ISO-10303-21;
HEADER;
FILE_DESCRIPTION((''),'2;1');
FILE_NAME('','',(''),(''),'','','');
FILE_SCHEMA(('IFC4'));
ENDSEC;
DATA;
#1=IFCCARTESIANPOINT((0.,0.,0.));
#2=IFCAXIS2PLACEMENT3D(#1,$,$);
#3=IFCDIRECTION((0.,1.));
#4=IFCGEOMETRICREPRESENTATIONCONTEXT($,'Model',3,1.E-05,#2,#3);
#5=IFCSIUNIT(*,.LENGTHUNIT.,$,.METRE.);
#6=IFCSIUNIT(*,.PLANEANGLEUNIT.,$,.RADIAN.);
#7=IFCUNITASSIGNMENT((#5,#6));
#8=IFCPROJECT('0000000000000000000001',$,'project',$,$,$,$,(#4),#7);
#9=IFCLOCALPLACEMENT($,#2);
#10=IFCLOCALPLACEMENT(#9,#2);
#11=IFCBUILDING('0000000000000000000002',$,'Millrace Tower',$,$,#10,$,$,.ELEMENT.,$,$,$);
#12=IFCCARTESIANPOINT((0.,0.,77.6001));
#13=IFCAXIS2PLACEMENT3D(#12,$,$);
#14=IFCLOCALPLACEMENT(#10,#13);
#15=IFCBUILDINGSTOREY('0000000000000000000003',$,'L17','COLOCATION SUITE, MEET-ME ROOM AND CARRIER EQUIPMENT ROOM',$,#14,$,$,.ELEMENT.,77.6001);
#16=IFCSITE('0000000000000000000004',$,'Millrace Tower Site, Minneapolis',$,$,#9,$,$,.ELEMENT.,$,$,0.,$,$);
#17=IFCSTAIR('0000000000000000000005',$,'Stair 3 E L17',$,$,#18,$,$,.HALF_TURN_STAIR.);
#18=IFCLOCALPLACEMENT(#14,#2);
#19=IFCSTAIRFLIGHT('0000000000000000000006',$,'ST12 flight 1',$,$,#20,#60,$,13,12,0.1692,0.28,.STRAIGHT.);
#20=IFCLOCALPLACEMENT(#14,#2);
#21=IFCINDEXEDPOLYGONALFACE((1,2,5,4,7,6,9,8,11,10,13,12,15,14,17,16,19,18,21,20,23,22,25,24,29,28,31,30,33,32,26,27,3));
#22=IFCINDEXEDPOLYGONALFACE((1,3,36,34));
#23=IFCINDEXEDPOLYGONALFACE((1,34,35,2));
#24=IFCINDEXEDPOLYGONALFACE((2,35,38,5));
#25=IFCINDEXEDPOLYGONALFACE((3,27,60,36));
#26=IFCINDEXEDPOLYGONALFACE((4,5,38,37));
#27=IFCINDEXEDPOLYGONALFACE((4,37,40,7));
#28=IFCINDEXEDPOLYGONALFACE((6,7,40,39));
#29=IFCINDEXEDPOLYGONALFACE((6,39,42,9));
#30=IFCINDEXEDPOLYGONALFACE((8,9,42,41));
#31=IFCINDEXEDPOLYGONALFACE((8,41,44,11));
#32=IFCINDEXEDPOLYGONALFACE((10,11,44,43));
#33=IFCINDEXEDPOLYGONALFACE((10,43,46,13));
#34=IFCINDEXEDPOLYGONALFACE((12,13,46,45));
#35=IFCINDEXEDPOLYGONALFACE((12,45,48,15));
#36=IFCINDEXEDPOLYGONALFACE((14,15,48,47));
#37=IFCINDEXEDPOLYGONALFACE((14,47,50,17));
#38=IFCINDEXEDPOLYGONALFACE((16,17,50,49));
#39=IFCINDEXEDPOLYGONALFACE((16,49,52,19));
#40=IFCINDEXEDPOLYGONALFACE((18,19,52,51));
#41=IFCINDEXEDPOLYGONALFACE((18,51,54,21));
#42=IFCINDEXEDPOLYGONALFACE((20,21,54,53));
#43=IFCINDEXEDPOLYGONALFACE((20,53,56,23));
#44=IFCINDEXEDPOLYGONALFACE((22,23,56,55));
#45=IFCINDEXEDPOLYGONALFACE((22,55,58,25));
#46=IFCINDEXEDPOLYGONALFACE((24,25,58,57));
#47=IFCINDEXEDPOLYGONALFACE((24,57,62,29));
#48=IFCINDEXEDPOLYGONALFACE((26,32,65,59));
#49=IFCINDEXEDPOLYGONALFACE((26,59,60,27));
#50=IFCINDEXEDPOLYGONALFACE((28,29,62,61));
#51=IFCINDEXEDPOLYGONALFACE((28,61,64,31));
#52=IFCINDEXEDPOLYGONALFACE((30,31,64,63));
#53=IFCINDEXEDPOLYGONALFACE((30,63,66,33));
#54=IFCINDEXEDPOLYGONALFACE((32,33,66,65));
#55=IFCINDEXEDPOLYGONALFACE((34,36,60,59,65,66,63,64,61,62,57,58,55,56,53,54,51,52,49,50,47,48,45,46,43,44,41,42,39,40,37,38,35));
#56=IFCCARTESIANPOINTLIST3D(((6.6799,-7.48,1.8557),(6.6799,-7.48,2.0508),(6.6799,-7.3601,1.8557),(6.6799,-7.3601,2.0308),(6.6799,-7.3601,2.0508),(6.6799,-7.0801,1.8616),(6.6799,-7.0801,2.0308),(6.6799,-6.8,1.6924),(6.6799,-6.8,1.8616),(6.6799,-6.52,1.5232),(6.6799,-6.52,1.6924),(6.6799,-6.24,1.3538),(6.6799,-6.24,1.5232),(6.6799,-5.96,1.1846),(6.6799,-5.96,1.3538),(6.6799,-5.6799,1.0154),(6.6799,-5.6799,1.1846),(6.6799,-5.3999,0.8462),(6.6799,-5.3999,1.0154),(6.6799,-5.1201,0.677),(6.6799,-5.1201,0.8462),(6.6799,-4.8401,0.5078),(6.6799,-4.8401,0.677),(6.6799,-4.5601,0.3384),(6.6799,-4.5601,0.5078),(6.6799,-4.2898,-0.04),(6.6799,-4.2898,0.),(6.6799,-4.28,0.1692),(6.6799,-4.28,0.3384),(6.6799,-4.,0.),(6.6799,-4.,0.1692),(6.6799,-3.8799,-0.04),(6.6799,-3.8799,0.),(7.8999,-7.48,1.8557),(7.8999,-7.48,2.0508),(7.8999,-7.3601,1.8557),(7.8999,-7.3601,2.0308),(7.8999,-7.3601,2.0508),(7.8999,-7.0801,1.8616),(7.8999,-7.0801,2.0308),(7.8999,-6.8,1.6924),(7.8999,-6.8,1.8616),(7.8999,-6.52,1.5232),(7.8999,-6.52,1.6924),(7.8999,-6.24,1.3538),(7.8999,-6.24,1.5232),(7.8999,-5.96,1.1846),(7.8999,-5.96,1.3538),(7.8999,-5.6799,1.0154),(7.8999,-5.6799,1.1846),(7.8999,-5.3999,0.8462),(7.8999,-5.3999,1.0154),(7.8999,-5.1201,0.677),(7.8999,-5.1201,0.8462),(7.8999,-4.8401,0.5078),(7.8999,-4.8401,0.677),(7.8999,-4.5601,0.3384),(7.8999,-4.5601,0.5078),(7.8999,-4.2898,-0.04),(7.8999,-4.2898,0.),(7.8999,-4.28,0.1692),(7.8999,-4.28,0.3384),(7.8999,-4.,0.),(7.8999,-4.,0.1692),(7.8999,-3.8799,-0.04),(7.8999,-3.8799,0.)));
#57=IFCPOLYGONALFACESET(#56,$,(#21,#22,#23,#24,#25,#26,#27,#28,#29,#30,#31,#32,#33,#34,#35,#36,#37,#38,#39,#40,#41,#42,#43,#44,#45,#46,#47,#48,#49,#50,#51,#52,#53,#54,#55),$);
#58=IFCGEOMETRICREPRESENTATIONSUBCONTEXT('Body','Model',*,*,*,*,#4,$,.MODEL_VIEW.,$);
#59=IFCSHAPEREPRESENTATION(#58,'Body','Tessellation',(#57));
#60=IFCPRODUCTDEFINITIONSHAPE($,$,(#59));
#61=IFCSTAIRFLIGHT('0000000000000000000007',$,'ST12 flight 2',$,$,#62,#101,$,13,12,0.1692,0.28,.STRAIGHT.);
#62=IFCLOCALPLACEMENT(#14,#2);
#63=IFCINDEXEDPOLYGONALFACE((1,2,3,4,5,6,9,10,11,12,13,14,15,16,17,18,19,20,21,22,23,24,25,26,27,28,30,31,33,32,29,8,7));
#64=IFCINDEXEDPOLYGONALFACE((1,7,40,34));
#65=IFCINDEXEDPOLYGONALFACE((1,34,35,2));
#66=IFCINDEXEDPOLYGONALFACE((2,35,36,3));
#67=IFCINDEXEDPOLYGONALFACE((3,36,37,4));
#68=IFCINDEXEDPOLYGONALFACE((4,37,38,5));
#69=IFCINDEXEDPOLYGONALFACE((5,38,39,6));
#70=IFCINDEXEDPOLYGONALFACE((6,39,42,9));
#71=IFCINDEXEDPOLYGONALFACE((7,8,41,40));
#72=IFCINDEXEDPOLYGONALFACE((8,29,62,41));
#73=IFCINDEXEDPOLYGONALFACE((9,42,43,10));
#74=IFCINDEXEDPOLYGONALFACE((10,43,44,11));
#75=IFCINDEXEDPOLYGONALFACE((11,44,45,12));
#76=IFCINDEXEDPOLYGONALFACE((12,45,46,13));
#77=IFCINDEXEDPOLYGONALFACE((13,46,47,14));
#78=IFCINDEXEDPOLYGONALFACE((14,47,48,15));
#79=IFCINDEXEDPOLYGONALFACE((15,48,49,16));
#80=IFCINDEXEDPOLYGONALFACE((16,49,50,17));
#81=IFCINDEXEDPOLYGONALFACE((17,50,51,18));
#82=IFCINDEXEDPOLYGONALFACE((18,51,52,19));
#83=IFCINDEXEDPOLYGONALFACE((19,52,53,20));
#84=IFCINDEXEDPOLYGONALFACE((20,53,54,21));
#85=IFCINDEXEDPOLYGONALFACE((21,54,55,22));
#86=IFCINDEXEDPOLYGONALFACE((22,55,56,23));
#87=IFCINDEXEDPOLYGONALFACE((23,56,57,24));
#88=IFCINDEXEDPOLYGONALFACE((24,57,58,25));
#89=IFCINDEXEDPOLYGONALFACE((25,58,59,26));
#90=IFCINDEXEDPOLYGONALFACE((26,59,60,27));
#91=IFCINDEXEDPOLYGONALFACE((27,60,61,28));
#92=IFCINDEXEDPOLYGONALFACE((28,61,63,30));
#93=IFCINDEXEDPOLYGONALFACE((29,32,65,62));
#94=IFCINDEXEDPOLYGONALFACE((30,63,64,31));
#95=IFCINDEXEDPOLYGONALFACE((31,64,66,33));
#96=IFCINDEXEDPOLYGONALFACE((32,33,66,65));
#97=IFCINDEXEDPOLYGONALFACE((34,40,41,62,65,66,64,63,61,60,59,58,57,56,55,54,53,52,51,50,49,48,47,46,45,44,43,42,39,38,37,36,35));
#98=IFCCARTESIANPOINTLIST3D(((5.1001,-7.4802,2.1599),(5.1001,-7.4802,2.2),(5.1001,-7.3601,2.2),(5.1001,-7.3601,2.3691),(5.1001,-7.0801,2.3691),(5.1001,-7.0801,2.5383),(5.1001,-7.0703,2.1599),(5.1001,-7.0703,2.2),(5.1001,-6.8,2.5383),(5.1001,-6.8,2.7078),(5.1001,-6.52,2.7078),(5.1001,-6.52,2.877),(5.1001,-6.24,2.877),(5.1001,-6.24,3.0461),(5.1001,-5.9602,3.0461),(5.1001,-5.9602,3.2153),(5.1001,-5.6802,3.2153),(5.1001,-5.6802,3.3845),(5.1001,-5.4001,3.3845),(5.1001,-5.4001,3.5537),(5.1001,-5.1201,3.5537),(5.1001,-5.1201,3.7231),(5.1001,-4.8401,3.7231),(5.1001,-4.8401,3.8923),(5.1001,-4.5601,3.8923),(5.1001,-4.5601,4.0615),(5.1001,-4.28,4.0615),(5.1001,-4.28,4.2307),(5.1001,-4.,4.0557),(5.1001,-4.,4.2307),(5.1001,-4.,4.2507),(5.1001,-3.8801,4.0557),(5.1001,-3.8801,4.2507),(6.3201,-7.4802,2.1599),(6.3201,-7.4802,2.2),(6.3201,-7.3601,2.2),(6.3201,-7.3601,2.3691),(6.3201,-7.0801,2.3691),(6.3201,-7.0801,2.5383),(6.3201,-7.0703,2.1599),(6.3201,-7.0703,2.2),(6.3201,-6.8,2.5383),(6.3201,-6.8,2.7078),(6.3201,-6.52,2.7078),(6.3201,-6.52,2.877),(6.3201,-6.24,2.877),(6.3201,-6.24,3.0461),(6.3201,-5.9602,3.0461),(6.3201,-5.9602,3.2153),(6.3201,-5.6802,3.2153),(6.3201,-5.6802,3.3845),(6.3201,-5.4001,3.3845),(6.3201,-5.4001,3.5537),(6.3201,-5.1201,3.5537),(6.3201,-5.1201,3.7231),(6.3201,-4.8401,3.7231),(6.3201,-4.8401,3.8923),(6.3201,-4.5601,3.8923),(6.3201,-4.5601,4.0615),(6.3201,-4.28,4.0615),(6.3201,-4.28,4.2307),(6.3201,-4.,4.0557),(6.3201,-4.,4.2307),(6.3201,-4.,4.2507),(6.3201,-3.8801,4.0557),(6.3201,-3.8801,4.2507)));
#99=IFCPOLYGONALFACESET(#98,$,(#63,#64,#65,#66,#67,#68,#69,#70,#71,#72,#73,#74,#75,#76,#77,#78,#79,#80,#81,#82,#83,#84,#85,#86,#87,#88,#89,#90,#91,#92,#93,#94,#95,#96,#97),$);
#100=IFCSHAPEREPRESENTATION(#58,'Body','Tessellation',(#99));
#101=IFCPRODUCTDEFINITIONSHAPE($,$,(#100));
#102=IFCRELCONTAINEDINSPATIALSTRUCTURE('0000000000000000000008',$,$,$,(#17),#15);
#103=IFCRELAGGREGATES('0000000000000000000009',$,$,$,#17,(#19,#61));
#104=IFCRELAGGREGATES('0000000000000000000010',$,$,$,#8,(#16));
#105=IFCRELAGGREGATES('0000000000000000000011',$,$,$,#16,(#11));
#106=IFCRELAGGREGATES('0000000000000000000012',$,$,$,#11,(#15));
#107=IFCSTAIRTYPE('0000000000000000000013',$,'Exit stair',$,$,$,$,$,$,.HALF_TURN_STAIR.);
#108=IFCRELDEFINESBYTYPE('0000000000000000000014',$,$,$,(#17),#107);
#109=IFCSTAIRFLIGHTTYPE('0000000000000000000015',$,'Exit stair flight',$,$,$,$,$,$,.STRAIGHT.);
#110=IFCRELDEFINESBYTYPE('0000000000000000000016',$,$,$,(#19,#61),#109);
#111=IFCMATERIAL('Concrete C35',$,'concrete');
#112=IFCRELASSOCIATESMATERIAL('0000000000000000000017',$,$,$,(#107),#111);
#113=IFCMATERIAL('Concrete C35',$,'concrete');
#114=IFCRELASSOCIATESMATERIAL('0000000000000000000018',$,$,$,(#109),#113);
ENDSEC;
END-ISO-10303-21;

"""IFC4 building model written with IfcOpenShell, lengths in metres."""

from ifc_helpers import new_model, si_unit, direction, frame, origin, place, context, subcontext, project, spatial, polyline, outline, extrude, material, type_object, element, aggregate, save


model = new_model("IFC4")

# Units and contexts
model_context = context("Model", 3, precision=1e-05, world=origin(), true_north=direction((0.0, 1.0)))
body_context = subcontext(model_context, "Body", "Model", "MODEL_VIEW")
ifc_project = project(units=[si_unit("LENGTHUNIT", "METRE"), si_unit("PLANEANGLEUNIT", "RADIAN")], contexts=[model_context])

# Site, building, storey
site_placement = place(None, origin())
site = spatial("IfcSite", under=ifc_project, at=site_placement, Name="Millrace Tower Site, Minneapolis", CompositionType="ELEMENT", RefElevation=0.0)
building_placement = place(site_placement, origin())
building = spatial("IfcBuilding", under=site, at=building_placement, Name="Millrace Tower", CompositionType="ELEMENT")
storey_placement = place(building_placement, frame((0.0, 0.0, 77.6001)))
storey = spatial("IfcBuildingStorey", under=building, at=storey_placement, Name="L17", Description="COLOCATION SUITE, MEET-ME ROOM AND CARRIER EQUIPMENT ROOM", CompositionType="ELEMENT", Elevation=77.6001)

# Shared definitions
placement_1 = place(storey_placement, origin())

# Shared definitions
ifc_material_1 = material(Name="Concrete C35", Category="concrete")
stair_type = type_object("IfcStairType", Name="Exit stair", PredefinedType="HALF_TURN_STAIR", material=ifc_material_1)
ifc_material_2 = material(Name="Concrete C35", Category="concrete")
stair_flight_type = type_object("IfcStairFlightType", Name="Exit stair flight", PredefinedType="STRAIGHT", material=ifc_material_2)

# Stair, stair flights
stair_1 = element("IfcStair", 1, at=placement_1, inside=storey, type_object=stair_type, Name="Stair 3 E L17", PredefinedType="HALF_TURN_STAIR")
stair_flight_1_placement = place(storey_placement, frame((7.29, -4.0, 0.0), z_axis=(0.0, 0.0, 1.0), x_axis=(0.0, -1.0, 0.0)))
stair_flight_1 = element("IfcStairFlight", 2, at=stair_flight_1_placement, type_object=stair_flight_type, Name="ST12 flight 1", NumberOfRisers=13, NumberOfTreads=12, PredefinedType="STRAIGHT", RiserHeight=0.1692, TreadLength=0.28, context=body_context, shape_type="SweptSolid", body=[
    extrude(outline(polyline([(-0.1201, -0.04), (-0.1201, 0.0), (0.0, 0.0), (0.0, 0.1692), (0.28, 0.1692), (0.28, 0.3384), (0.5601, 0.3384), (0.5601, 0.5078), (0.8401, 0.5078), (0.8401, 0.677), (1.1201, 0.677), (1.1201, 0.8462), (1.3999, 0.8462), (1.3999, 1.0154), (1.6799, 1.0154), (1.6799, 1.1846), (1.96, 1.1846), (1.96, 1.3538), (2.24, 1.3538), (2.24, 1.5232), (2.52, 1.5232), (2.52, 1.6924), (2.8, 1.6924), (2.8, 1.8616), (3.0801, 1.8616), (3.0801, 2.0308), (3.3601, 2.0308), (3.3601, 2.0508), (3.48, 2.0508), (3.48, 1.8557), (3.3601, 1.8557), (0.2898, 0.0), (0.2898, -0.04), (-0.1201, -0.04)])), frame((0.0, 0.6099, 0.0), z_axis=(0.0, -1.0, 0.0), x_axis=(1.0, 0.0, 0.0)), (0.0, 0.0, 1.0), 1.22),
])
stair_flight_2_placement = place(storey_placement, frame((5.71, -7.3601, 2.2), z_axis=(0.0, 0.0, 1.0), x_axis=(0.0, 1.0, 0.0)))
stair_flight_2 = element("IfcStairFlight", 3, at=stair_flight_2_placement, type_object=stair_flight_type, Name="ST12 flight 2", NumberOfRisers=13, NumberOfTreads=12, PredefinedType="STRAIGHT", RiserHeight=0.1692, TreadLength=0.28, context=body_context, shape_type="SweptSolid", body=[
    extrude(outline(polyline([(-0.1201, -0.04), (-0.1201, 0.0), (0.0, 0.0), (0.0, 0.1692), (0.28, 0.1692), (0.28, 0.3384), (0.5601, 0.3384), (0.5601, 0.5078), (0.8401, 0.5078), (0.8401, 0.677), (1.1201, 0.677), (1.1201, 0.8462), (1.3999, 0.8462), (1.3999, 1.0154), (1.6799, 1.0154), (1.6799, 1.1846), (1.96, 1.1846), (1.96, 1.3538), (2.24, 1.3538), (2.24, 1.5232), (2.52, 1.5232), (2.52, 1.6924), (2.8, 1.6924), (2.8, 1.8616), (3.0801, 1.8616), (3.0801, 2.0308), (3.3601, 2.0308), (3.3601, 2.0508), (3.48, 2.0508), (3.48, 1.8557), (3.3601, 1.8557), (0.2898, 0.0), (0.2898, -0.04), (-0.1201, -0.04)])), frame((0.0, 0.6099, 0.0), z_axis=(0.0, -1.0, 0.0), x_axis=(1.0, 0.0, 0.0)), (0.0, 0.0, 1.0), 1.22),
])
aggregate(stair_1, [stair_flight_1, stair_flight_2])

save(model, "model.ifc")
